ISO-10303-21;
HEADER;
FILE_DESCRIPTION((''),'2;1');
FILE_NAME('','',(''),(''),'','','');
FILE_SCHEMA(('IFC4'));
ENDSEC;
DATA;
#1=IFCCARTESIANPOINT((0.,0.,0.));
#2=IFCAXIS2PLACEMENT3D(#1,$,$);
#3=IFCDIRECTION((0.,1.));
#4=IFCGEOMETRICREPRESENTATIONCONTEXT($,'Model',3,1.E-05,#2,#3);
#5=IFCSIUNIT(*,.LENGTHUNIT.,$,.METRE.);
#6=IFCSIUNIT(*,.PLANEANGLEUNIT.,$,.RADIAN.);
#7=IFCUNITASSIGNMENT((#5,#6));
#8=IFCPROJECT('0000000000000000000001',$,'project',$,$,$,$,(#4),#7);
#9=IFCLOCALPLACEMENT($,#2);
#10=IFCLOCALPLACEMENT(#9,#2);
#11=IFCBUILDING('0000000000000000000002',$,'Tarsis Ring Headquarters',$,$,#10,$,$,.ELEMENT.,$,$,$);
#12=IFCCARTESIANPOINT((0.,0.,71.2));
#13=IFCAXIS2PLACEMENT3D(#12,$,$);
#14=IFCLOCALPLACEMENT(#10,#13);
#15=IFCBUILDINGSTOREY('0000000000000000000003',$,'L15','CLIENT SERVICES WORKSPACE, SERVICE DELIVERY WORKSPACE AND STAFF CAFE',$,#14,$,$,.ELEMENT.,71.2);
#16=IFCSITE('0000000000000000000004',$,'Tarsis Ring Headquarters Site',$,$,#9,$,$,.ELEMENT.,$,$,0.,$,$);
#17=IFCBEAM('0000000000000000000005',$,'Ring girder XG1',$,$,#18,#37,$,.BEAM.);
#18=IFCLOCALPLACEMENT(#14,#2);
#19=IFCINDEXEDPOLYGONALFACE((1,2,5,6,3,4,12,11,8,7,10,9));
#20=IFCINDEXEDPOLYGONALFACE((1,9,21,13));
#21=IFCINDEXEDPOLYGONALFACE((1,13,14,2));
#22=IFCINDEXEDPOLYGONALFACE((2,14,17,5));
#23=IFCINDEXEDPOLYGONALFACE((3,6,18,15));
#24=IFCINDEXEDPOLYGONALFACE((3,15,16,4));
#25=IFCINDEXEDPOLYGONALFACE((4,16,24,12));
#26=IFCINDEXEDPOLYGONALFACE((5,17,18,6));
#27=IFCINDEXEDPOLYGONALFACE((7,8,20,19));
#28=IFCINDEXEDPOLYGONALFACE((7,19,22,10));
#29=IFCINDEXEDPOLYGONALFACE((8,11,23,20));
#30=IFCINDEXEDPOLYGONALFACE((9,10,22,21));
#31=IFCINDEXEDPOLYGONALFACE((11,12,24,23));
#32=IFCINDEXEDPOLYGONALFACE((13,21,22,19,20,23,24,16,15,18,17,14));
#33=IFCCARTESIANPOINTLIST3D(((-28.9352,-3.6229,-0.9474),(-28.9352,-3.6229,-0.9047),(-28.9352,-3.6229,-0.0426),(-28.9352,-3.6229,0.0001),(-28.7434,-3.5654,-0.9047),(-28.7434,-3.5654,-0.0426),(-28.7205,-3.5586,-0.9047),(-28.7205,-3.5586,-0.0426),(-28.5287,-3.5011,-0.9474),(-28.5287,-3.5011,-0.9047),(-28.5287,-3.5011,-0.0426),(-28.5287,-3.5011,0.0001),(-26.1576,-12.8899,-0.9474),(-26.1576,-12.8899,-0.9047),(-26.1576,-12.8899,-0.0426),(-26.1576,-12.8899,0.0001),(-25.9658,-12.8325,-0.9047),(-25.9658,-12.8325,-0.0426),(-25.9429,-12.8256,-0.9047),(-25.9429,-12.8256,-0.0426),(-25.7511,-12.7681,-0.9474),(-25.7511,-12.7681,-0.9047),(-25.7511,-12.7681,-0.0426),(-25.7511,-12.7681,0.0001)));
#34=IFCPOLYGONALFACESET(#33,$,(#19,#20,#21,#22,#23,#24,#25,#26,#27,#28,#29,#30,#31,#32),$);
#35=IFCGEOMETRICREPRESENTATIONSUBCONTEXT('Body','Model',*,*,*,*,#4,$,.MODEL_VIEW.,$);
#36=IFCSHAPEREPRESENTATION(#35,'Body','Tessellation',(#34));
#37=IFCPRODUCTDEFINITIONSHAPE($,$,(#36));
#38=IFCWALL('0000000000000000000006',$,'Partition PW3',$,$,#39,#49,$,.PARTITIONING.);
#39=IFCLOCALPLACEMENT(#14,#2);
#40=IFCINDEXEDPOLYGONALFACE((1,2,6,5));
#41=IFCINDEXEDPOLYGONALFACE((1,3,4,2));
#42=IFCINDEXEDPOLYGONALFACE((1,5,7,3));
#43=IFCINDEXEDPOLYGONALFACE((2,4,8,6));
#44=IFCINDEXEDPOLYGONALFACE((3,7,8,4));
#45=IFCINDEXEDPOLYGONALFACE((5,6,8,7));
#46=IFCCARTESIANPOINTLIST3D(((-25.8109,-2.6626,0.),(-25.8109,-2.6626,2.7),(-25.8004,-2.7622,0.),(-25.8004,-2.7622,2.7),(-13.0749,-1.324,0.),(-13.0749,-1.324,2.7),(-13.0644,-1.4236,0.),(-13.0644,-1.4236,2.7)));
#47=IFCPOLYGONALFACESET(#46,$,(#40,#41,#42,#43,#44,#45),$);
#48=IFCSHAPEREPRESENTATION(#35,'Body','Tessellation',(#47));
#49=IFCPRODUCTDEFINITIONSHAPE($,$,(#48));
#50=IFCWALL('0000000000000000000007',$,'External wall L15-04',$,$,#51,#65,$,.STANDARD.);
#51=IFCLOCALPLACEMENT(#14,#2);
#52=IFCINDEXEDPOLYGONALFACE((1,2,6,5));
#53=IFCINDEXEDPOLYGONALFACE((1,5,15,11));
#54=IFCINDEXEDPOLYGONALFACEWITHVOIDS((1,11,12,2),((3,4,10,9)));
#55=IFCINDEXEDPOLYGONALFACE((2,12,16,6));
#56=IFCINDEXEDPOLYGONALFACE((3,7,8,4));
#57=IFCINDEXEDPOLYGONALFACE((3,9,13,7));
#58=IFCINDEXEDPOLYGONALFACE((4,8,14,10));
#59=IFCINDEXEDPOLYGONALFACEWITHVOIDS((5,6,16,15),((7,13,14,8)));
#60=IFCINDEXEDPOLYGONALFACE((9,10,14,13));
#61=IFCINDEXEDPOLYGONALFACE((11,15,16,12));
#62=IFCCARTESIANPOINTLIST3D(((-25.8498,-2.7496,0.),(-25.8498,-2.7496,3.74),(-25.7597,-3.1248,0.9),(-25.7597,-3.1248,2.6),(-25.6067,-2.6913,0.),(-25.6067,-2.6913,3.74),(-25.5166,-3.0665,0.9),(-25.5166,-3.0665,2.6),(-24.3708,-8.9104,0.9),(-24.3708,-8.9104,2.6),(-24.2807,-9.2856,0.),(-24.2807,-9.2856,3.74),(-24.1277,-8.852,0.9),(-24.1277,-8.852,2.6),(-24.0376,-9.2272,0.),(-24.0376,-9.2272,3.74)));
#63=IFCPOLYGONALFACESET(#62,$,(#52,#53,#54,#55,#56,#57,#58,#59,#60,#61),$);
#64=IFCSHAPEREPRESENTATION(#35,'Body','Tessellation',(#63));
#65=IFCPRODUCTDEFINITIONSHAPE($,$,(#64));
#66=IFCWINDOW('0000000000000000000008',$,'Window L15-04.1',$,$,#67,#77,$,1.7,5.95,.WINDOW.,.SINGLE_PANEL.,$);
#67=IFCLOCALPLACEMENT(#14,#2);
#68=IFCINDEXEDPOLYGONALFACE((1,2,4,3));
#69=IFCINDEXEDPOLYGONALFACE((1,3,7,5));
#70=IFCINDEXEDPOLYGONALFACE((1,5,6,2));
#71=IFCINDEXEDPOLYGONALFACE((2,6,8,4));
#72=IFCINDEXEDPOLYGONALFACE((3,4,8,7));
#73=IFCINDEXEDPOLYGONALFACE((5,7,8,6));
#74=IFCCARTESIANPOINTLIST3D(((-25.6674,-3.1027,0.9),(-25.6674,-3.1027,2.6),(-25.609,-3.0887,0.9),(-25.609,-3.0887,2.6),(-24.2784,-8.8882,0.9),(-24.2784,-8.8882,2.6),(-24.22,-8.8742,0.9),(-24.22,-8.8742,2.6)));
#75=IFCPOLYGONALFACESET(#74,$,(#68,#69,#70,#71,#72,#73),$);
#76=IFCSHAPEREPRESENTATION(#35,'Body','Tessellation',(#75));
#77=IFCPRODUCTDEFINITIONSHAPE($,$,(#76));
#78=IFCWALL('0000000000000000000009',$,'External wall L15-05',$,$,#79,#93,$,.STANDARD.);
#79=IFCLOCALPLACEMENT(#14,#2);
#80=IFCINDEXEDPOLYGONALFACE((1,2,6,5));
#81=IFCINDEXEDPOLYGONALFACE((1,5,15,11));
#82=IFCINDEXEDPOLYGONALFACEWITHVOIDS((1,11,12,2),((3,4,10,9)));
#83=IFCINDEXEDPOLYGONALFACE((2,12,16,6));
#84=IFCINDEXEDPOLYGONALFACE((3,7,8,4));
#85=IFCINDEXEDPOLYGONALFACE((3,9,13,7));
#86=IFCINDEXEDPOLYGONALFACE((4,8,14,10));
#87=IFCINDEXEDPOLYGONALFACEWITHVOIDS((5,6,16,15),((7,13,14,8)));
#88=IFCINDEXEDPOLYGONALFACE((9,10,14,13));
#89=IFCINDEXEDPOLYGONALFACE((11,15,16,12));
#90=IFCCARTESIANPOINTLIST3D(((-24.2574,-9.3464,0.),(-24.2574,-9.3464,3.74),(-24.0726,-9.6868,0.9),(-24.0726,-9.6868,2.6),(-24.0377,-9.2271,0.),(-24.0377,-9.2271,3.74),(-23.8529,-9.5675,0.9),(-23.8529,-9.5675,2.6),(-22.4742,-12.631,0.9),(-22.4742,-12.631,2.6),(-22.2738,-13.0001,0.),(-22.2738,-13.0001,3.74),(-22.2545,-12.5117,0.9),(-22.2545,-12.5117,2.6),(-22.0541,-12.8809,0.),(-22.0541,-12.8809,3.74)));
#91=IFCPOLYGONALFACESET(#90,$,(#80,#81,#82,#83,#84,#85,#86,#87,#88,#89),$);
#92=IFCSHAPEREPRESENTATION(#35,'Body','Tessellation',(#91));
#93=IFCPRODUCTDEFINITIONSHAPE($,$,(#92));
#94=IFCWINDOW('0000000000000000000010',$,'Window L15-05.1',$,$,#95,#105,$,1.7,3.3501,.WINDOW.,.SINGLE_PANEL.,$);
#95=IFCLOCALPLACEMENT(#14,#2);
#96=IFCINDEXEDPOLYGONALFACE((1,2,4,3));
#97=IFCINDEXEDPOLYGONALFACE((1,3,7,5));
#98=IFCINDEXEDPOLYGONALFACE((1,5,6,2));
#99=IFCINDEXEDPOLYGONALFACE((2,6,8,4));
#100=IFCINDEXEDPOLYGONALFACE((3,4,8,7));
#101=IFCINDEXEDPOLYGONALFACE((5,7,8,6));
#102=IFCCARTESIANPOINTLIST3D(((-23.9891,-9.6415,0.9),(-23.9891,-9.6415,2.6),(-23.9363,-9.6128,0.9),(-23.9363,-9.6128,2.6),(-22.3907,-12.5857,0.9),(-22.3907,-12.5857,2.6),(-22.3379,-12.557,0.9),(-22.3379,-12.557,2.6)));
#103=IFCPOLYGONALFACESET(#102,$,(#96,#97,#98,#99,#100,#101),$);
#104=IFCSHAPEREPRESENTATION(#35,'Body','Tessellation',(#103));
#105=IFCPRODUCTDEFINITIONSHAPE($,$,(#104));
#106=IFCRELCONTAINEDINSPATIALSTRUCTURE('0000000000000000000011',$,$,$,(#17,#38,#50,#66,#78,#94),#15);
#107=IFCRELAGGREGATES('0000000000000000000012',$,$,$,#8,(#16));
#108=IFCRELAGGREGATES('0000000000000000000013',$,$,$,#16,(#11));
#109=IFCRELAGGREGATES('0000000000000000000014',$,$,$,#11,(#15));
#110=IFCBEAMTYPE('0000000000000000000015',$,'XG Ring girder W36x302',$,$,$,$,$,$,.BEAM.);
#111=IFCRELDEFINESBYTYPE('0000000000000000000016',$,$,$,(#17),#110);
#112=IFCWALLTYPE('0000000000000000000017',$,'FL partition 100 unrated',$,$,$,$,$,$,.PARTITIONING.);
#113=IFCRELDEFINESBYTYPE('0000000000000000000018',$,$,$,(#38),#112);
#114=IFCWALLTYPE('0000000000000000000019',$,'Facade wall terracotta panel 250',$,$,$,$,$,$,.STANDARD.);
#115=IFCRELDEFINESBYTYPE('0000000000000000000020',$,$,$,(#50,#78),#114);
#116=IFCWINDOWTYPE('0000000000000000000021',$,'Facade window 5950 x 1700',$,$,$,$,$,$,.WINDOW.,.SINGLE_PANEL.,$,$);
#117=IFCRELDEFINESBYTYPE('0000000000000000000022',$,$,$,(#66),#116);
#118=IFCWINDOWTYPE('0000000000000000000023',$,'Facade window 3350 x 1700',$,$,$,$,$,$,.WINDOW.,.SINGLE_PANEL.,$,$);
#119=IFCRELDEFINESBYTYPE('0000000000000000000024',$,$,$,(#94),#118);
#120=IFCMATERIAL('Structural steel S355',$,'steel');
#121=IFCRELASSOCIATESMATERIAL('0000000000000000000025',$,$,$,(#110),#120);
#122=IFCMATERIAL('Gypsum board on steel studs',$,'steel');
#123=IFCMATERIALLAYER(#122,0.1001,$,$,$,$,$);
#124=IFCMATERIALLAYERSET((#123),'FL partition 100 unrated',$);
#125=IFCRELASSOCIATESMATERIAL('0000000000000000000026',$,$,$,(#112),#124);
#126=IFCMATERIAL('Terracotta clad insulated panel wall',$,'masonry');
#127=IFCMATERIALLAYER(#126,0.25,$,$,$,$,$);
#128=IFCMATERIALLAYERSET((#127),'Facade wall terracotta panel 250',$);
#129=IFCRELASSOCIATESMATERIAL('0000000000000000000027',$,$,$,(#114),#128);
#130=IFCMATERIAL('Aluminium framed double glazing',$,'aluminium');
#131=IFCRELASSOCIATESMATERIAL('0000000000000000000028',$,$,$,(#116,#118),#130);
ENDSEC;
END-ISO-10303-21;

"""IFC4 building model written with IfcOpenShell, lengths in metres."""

from ifc_helpers import new_model, si_unit, direction, frame, frame_2d, origin, origin_2d, place, context, subcontext, project, spatial, rectangle, i_section, extrude, material, layer, layer_set, material_profile, profile_set, type_object, element, fill, save


model = new_model("IFC4")

# Units and contexts
model_context = context("Model", 3, precision=1e-05, world=origin(), true_north=direction((0.0, 1.0)))
body_context = subcontext(model_context, "Body", "Model", "MODEL_VIEW")
ifc_project = project(units=[si_unit("LENGTHUNIT", "METRE"), si_unit("PLANEANGLEUNIT", "RADIAN")], contexts=[model_context])

# Site, building, storey
site_placement = place(None, origin())
site = spatial("IfcSite", under=ifc_project, at=site_placement, Name="Tarsis Ring Headquarters Site", CompositionType="ELEMENT", RefElevation=0.0)
building_placement = place(site_placement, origin())
building = spatial("IfcBuilding", under=site, at=building_placement, Name="Tarsis Ring Headquarters", CompositionType="ELEMENT")
storey_placement = place(building_placement, frame((0.0, 0.0, 71.2)))
storey = spatial("IfcBuildingStorey", under=building, at=storey_placement, Name="L15", Description="CLIENT SERVICES WORKSPACE, SERVICE DELIVERY WORKSPACE AND STAFF CAFE", CompositionType="ELEMENT", Elevation=71.2)

# Beam
ifc_material_1 = material(Name="Structural steel S355", Category="steel")
ifc_material_profile_1 = material_profile(ifc_material_1, i_section(OverallWidth=0.4243, OverallDepth=0.9475, WebThickness=0.0239, FlangeThickness=0.0427, at=origin_2d()), Name="W36x302")
ifc_profile_set_1 = profile_set([ifc_material_profile_1], Name="Structural steel S355")
beam_type_1 = type_object("IfcBeamType", Name="XG Ring girder W36x302", PredefinedType="BEAM", material=ifc_profile_set_1)
beam_1_placement = place(storey_placement, frame((-28.7319, -3.562, -0.4736), z_axis=(0.287107, -0.957898, 0.0), x_axis=(0.957898, 0.287107, 0.0)))
element("IfcBeam", 1, at=beam_1_placement, inside=storey, type_object=beam_type_1, Name="Ring girder XG1", PredefinedType="BEAM", context=body_context, shape_type="SweptSolid", body=[
    extrude(i_section(OverallWidth=0.4243, OverallDepth=0.9475, WebThickness=0.0239, FlangeThickness=0.0427, at=origin_2d()), origin(), (0.0, 0.0, 1.0), 9.6743),
])

# Wall
ifc_material_2 = material(Name="Gypsum board on steel studs", Category="steel")
ifc_layer_1 = layer(ifc_material_2, 0.1001)
ifc_layer_set_1 = layer_set([ifc_layer_1], Name="FL partition 100 unrated")
wall_type_1 = type_object("IfcWallType", Name="FL partition 100 unrated", PredefinedType="PARTITIONING", material=ifc_layer_set_1)
wall_1_placement = place(storey_placement, frame((-25.8057, -2.7124, 0.0), z_axis=(0.0, 0.0, 1.0), x_axis=(0.994522, 0.104529, 0.0)))
element("IfcWall", 2, at=wall_1_placement, inside=storey, type_object=wall_type_1, Name="Partition PW3", PredefinedType="PARTITIONING", context=body_context, shape_type="SweptSolid", body=[
    extrude(rectangle(XDim=12.8062, YDim=0.1001, at=frame_2d((6.4031, 0.0))), origin(), (0.0, 0.0, 1.0), 2.7),
])

# Walls, openings, windows
ifc_material_3 = material(Name="Terracotta clad insulated panel wall", Category="masonry")
ifc_layer_2 = layer(ifc_material_3, 0.25)
ifc_layer_set_2 = layer_set([ifc_layer_2], Name="Facade wall terracotta panel 250")
wall_type_2 = type_object("IfcWallType", Name="Facade wall terracotta panel 250", PredefinedType="STANDARD", material=ifc_layer_set_2)
wall_2_placement = place(storey_placement, frame((-25.7283, -2.7205, 0.0), z_axis=(0.0, 0.0, 1.0), x_axis=(0.23344, -0.972371, 0.0)))
wall_2 = element("IfcWall", 3, at=wall_2_placement, inside=storey, type_object=wall_type_2, Name="External wall L15-04", PredefinedType="STANDARD", context=body_context, shape_type="SweptSolid", body=[
    extrude(rectangle(XDim=6.7217, YDim=0.25, at=frame_2d((3.3608, 0.0))), origin(), (0.0, 0.0, 1.0), 3.74),
])
opening_1_placement = place(wall_2_placement, frame((0.3857, 0.0, 0.8999)))
opening_1 = element("IfcOpeningElement", 4, at=opening_1_placement, cuts=wall_2, PredefinedType="OPENING", context=body_context, shape_type="SweptSolid", body=[
    extrude(rectangle(XDim=5.95, YDim=1.7, at=frame_2d((2.9751, 0.8501))), frame((0.0, 0.135, 0.0), z_axis=(0.0, -1.0, 0.0), x_axis=(1.0, 0.0, 0.0)), (0.0, 0.0, 1.0), 0.27),
])
ifc_material_4 = material(Name="Aluminium framed double glazing", Category="aluminium")
window_type_1 = type_object("IfcWindowType", Name="Facade window 5950 x 1700", PartitioningType="SINGLE_PANEL", PredefinedType="WINDOW", material=ifc_material_4)
window_1_placement = place(opening_1_placement, origin())
window_1 = element("IfcWindow", 5, at=window_1_placement, inside=storey, type_object=window_type_1, Name="Window L15-04.1", OverallHeight=1.7, OverallWidth=5.95, PartitioningType="SINGLE_PANEL", PredefinedType="WINDOW", context=body_context, shape_type="SweptSolid", body=[
    extrude(rectangle(XDim=5.95, YDim=1.7, at=frame_2d((2.9751, 0.8501))), frame((0.0, 0.03, 0.0), z_axis=(0.0, -1.0, 0.0), x_axis=(1.0, 0.0, 0.0)), (0.0, 0.0, 1.0), 0.0601),
])
fill(opening_1, window_1)
wall_3_placement = place(storey_placement, frame((-24.1475, -9.2869, 0.0), z_axis=(0.0, 0.0, 1.0), x_axis=(0.477119, -0.878839, 0.0)))
wall_3 = element("IfcWall", 6, at=wall_3_placement, inside=storey, type_object=wall_type_2, Name="External wall L15-05", PredefinedType="STANDARD", context=body_context, shape_type="SweptSolid", body=[
    extrude(rectangle(XDim=4.1575, YDim=0.25, at=frame_2d((2.0786, 0.0))), origin(), (0.0, 0.0, 1.0), 3.74),
])
opening_2_placement = place(wall_3_placement, frame((0.3872, 0.0, 0.8999)))
opening_2 = element("IfcOpeningElement", 7, at=opening_2_placement, cuts=wall_3, PredefinedType="OPENING", context=body_context, shape_type="SweptSolid", body=[
    extrude(rectangle(XDim=3.3501, YDim=1.7, at=frame_2d((1.675, 0.8501))), frame((0.0, 0.135, 0.0), z_axis=(0.0, -1.0, 0.0), x_axis=(1.0, 0.0, 0.0)), (0.0, 0.0, 1.0), 0.27),
])
window_type_2 = type_object("IfcWindowType", Name="Facade window 3350 x 1700", PartitioningType="SINGLE_PANEL", PredefinedType="WINDOW", material=ifc_material_4)
window_2_placement = place(opening_2_placement, origin())
window_2 = element("IfcWindow", 8, at=window_2_placement, inside=storey, type_object=window_type_2, Name="Window L15-05.1", OverallHeight=1.7, OverallWidth=3.3501, PartitioningType="SINGLE_PANEL", PredefinedType="WINDOW", context=body_context, shape_type="SweptSolid", body=[
    extrude(rectangle(XDim=3.3501, YDim=1.7, at=frame_2d((1.675, 0.8501))), frame((0.0, 0.03, 0.0), z_axis=(0.0, -1.0, 0.0), x_axis=(1.0, 0.0, 0.0)), (0.0, 0.0, 1.0), 0.0601),
])
fill(opening_2, window_2)

save(model, "model.ifc")
